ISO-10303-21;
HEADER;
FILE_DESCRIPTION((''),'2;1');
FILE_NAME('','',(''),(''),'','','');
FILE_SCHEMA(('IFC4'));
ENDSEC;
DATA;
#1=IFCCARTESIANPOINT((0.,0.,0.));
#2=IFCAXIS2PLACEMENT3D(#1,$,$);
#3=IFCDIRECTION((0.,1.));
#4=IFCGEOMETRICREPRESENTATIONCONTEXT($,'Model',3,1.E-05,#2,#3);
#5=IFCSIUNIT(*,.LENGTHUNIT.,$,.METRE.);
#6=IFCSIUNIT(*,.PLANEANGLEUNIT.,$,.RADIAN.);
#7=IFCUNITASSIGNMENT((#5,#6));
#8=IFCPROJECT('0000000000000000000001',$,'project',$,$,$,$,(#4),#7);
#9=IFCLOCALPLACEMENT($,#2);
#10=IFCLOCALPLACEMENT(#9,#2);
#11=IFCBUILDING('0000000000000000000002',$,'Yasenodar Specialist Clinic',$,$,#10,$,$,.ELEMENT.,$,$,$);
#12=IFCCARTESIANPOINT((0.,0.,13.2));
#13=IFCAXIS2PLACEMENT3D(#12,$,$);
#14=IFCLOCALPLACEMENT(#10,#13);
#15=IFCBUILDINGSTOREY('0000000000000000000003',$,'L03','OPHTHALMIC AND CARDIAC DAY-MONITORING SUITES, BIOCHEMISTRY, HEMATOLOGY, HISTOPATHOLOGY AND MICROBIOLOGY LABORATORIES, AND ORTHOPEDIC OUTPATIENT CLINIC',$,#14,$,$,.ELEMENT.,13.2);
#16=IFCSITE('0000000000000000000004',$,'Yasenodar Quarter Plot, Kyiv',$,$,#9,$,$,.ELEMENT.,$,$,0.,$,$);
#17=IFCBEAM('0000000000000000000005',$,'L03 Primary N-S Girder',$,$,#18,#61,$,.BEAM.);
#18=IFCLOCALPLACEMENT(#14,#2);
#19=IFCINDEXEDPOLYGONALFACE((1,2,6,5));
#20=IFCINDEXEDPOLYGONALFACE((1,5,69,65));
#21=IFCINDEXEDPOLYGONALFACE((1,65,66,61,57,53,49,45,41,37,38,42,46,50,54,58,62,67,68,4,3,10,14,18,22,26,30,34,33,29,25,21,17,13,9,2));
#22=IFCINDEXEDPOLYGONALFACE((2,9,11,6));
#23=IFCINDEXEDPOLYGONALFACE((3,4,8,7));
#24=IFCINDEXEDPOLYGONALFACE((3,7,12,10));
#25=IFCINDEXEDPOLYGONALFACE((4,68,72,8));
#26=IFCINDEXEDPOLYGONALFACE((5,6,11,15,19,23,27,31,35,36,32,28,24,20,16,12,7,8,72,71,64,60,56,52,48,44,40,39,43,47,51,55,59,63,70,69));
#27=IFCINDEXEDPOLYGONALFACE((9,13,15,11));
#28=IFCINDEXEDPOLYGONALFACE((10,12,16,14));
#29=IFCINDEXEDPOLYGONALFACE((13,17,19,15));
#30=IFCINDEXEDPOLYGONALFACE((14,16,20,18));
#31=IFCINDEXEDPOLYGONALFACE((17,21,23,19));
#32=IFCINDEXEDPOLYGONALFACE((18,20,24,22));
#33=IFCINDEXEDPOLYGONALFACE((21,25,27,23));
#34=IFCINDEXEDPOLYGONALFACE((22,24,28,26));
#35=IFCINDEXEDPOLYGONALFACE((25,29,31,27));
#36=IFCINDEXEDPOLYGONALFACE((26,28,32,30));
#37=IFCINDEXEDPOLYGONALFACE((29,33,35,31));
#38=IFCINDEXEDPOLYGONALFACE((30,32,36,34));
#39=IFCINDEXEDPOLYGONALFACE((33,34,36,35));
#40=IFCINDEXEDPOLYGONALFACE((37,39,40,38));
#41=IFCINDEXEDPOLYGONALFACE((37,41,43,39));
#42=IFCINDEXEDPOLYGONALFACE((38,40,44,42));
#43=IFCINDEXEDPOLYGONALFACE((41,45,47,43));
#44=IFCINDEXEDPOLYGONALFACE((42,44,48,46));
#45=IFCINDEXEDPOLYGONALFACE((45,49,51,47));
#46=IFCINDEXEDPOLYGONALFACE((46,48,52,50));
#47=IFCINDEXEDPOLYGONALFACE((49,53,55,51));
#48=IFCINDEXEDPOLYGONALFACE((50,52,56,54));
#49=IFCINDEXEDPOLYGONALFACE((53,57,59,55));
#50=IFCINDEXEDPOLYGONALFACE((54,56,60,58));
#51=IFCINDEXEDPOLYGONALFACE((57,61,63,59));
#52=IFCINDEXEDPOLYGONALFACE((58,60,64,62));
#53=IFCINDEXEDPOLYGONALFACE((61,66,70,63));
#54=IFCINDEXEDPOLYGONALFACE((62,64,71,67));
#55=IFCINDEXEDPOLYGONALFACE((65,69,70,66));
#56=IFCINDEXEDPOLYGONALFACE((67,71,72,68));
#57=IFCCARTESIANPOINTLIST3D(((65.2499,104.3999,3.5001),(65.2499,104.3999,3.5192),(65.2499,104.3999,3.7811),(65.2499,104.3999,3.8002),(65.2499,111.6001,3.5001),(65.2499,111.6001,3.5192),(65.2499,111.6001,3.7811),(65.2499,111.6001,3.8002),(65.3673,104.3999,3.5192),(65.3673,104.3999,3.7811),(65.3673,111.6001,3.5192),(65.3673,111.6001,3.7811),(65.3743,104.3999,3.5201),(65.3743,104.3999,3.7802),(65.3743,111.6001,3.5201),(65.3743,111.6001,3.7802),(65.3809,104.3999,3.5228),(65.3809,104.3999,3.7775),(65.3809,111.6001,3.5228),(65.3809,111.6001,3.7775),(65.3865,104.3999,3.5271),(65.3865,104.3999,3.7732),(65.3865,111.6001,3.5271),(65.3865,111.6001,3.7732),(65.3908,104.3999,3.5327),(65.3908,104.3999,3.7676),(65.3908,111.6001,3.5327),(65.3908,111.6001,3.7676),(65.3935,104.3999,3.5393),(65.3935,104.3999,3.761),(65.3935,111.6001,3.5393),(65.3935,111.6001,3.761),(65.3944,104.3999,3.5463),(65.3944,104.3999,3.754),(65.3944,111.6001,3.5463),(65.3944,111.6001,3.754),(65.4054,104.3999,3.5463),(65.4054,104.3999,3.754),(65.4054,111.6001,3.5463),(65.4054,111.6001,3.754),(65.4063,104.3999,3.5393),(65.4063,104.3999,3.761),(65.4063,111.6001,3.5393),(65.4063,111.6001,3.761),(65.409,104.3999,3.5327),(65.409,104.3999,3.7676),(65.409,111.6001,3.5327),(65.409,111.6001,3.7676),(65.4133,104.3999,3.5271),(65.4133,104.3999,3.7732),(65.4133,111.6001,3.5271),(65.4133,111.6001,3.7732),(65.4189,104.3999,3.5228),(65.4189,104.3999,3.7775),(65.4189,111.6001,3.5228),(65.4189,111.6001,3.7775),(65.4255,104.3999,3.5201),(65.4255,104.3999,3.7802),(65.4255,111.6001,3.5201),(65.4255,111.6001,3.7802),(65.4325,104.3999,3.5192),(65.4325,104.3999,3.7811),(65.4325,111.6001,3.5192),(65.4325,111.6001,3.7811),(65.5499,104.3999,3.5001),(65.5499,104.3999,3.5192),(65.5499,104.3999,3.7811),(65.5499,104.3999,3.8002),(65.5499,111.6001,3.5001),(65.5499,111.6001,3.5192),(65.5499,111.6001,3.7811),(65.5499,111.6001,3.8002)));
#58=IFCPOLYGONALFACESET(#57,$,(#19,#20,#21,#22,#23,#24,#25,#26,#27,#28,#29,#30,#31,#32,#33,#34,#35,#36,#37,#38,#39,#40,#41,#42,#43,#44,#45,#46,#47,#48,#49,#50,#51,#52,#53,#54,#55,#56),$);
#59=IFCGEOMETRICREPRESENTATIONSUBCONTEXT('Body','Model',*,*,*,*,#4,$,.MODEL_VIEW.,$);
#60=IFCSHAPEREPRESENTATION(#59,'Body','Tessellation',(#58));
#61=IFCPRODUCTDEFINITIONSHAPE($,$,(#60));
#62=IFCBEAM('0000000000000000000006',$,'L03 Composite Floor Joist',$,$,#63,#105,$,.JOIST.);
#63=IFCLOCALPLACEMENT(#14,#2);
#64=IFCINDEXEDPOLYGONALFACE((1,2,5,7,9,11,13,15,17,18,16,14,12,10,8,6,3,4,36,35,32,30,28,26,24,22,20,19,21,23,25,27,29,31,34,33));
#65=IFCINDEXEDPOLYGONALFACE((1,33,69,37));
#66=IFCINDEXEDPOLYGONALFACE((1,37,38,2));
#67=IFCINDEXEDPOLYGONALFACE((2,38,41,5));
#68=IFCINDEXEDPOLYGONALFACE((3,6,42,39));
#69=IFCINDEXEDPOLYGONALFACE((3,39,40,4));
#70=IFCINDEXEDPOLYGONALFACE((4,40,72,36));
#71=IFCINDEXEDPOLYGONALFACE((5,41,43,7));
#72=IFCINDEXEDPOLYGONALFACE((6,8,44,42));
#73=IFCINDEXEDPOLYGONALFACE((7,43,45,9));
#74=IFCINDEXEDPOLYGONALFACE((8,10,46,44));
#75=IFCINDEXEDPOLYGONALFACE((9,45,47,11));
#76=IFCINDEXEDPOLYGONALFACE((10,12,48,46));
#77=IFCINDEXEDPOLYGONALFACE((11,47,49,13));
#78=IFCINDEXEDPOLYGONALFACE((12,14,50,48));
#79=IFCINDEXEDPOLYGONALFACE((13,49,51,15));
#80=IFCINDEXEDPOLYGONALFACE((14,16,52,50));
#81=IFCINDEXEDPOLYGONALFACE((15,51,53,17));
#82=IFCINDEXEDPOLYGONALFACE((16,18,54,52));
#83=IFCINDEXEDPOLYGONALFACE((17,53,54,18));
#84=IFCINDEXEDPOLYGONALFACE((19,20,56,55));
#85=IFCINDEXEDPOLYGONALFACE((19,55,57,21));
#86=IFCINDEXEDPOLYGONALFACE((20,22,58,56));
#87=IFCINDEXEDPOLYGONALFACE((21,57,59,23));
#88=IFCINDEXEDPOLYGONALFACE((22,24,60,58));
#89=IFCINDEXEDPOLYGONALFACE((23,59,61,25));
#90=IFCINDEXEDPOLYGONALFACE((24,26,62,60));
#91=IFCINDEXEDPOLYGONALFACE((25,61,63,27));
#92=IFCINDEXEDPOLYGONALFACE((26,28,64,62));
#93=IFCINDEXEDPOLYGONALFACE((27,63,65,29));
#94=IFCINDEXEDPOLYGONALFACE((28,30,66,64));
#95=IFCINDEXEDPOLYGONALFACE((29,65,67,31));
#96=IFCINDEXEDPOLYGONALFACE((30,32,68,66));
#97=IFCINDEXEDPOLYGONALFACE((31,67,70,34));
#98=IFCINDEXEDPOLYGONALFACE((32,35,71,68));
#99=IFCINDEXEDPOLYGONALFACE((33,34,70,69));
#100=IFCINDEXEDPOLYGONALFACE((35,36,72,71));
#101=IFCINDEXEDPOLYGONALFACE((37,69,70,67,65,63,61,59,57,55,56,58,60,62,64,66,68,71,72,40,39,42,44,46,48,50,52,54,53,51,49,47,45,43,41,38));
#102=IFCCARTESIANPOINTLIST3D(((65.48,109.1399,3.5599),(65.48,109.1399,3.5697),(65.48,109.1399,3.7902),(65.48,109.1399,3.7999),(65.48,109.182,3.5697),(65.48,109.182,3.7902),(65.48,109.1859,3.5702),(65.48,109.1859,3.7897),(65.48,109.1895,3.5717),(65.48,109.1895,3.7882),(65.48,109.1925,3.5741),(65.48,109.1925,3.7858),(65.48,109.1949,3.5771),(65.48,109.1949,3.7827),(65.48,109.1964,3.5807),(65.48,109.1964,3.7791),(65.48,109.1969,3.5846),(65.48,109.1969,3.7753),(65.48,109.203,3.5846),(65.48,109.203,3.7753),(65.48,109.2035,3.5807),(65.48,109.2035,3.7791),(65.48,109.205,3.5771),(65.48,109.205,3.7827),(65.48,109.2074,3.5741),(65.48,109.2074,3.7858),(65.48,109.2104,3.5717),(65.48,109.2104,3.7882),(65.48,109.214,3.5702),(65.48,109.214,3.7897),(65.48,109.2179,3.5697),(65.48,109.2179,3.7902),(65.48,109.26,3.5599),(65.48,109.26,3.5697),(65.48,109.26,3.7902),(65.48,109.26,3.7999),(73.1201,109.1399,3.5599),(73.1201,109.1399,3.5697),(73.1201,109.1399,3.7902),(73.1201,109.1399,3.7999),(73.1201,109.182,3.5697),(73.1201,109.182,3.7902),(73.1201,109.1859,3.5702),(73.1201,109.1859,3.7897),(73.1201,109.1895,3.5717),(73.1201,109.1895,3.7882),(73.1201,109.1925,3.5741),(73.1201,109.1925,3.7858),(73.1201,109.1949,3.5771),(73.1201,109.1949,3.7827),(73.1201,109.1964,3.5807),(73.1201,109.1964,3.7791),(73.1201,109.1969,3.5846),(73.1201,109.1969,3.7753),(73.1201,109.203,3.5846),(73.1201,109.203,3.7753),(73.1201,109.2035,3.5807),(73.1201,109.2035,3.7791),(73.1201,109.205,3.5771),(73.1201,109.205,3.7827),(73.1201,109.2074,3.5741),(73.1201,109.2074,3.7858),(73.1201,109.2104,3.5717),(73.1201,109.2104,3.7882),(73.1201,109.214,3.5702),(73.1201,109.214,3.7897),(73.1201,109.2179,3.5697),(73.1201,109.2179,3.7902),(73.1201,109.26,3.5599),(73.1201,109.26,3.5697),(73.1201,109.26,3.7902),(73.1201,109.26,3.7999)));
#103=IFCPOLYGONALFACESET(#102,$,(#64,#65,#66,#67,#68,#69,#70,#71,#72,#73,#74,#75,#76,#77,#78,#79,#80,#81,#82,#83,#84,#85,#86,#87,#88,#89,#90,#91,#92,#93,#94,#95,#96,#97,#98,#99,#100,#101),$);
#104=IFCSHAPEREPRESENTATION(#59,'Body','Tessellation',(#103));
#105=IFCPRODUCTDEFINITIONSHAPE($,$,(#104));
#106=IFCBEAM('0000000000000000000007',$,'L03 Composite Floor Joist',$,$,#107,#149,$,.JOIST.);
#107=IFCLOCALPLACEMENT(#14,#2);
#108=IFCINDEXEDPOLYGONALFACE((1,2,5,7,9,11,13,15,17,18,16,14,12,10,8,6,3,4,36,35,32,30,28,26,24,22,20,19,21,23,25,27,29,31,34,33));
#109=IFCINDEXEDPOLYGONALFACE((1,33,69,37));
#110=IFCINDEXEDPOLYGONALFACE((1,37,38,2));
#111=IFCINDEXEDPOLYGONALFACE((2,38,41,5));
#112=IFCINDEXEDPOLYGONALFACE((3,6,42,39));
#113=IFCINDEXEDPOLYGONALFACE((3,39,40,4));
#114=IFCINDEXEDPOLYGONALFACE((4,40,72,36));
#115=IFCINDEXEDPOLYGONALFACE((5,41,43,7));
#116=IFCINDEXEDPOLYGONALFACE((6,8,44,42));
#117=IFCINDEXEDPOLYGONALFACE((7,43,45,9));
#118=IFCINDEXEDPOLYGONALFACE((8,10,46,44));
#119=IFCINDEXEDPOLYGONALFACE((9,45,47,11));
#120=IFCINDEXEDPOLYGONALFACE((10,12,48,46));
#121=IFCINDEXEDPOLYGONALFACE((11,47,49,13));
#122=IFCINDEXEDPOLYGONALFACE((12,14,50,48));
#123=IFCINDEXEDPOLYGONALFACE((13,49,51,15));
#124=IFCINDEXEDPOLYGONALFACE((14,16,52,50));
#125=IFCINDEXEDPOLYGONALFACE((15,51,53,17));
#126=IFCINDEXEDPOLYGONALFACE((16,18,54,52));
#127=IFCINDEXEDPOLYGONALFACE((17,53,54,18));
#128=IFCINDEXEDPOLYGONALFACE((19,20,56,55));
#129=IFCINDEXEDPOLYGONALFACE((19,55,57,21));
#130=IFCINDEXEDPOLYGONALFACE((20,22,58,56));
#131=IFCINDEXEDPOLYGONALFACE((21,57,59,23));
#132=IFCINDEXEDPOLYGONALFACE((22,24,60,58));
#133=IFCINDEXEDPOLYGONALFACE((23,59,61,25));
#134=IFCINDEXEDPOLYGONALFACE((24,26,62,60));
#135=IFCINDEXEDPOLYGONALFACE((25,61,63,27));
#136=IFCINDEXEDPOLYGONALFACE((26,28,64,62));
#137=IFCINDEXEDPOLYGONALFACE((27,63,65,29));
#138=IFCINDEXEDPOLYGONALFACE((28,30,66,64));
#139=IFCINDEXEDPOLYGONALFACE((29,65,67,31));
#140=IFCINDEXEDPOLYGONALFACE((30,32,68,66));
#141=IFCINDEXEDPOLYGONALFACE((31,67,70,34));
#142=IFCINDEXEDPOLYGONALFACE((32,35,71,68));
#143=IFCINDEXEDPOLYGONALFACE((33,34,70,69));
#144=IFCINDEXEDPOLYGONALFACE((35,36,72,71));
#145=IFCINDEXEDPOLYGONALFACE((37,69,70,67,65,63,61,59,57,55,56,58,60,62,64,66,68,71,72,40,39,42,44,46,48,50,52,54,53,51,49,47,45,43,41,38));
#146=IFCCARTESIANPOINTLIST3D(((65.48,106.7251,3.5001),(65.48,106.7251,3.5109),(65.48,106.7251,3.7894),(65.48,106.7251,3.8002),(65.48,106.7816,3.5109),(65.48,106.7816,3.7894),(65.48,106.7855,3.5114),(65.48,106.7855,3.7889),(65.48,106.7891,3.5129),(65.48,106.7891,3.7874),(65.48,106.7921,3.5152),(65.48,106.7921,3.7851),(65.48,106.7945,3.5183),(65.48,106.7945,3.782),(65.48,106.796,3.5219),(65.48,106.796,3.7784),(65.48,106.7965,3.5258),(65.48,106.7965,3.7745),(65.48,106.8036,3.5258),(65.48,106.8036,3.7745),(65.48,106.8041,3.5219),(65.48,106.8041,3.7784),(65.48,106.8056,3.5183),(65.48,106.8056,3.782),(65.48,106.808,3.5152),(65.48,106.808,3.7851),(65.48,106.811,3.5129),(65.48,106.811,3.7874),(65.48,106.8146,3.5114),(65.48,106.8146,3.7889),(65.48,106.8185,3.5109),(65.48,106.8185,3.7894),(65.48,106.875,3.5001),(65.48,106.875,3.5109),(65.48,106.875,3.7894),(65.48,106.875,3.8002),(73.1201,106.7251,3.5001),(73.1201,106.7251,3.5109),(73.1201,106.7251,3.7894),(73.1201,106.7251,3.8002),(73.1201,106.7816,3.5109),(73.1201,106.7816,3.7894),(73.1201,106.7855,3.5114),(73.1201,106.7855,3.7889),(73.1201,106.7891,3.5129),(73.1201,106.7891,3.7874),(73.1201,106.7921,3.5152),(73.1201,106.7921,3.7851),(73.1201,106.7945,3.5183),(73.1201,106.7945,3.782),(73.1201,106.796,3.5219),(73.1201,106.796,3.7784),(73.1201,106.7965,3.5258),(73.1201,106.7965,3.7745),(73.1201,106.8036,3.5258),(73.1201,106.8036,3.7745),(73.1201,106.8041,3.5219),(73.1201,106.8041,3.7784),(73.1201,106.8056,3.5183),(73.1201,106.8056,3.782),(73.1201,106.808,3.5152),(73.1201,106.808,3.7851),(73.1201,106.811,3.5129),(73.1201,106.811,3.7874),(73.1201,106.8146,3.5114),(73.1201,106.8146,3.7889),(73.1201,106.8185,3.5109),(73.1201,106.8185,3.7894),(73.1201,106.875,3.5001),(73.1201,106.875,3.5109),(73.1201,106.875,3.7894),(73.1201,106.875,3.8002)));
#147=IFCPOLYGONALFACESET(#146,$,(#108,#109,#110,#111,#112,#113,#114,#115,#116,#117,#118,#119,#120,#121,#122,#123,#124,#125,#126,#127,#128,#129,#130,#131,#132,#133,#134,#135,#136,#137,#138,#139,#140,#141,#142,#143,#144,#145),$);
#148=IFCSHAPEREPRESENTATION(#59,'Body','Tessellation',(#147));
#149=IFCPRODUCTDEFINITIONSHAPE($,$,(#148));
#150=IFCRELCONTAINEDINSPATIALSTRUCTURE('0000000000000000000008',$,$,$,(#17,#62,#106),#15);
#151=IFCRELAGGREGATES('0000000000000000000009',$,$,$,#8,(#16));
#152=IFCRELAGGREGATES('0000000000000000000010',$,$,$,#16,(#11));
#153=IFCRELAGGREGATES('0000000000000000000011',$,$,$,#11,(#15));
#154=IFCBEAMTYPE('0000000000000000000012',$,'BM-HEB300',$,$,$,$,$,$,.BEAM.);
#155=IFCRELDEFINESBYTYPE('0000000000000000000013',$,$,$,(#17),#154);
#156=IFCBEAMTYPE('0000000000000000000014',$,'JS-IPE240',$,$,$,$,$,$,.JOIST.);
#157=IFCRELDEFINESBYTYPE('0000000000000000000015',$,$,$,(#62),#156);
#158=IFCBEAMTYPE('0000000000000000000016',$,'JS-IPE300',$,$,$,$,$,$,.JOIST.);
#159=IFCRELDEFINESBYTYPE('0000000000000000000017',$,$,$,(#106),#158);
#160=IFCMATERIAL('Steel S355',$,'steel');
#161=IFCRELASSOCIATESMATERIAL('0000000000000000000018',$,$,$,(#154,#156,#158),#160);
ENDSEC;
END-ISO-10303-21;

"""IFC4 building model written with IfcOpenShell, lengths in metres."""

from ifc_helpers import new_model, si_unit, direction, frame, origin, origin_2d, place, context, subcontext, project, spatial, i_section, extrude, material, material_profile, profile_set, type_object, element, save


model = new_model("IFC4")

# Units and contexts
model_context = context("Model", 3, precision=1e-05, world=origin(), true_north=direction((0.0, 1.0)))
body_context = subcontext(model_context, "Body", "Model", "MODEL_VIEW")
ifc_project = project(units=[si_unit("LENGTHUNIT", "METRE"), si_unit("PLANEANGLEUNIT", "RADIAN")], contexts=[model_context])

# Site, building, storey
site_placement = place(None, origin())
site = spatial("IfcSite", under=ifc_project, at=site_placement, Name="Yasenodar Quarter Plot, Kyiv", CompositionType="ELEMENT", RefElevation=0.0)
building_placement = place(site_placement, origin())
building = spatial("IfcBuilding", under=site, at=building_placement, Name="Yasenodar Specialist Clinic", CompositionType="ELEMENT")
storey_placement = place(building_placement, frame((0.0, 0.0, 13.2)))
storey = spatial("IfcBuildingStorey", under=building, at=storey_placement, Name="L03", Description="OPHTHALMIC AND CARDIAC DAY-MONITORING SUITES, BIOCHEMISTRY, HEMATOLOGY, HISTOPATHOLOGY AND MICROBIOLOGY LABORATORIES, AND ORTHOPEDIC OUTPATIENT CLINIC", CompositionType="ELEMENT", Elevation=13.2)

# Shared definitions
ifc_material_1 = material(Name="Steel S355", Category="steel")

# Beams
ifc_material_profile_1 = material_profile(ifc_material_1, i_section(OverallWidth=0.3, OverallDepth=0.3, WebThickness=0.011, FlangeThickness=0.019, FilletRadius=0.0271, at=origin_2d()), Name="HEB 300")
ifc_profile_set_1 = profile_set([ifc_material_profile_1], Name="Steel S355")
beam_type_1 = type_object("IfcBeamType", Name="BM-HEB300", PredefinedType="BEAM", material=ifc_profile_set_1)
beam_1_placement = place(storey_placement, frame((65.3999, 104.3999, 3.6501), z_axis=(0.0, 1.0, 0.0), x_axis=(-1.0, 0.0, 0.0)))
element("IfcBeam", 1, at=beam_1_placement, inside=storey, type_object=beam_type_1, Name="L03 Primary N-S Girder", PredefinedType="BEAM", context=body_context, shape_type="SweptSolid", body=[
    extrude(i_section(OverallWidth=0.3, OverallDepth=0.3, WebThickness=0.011, FlangeThickness=0.019, FilletRadius=0.0271, at=origin_2d()), origin(), (0.0, 0.0, 1.0), 7.2002),
])
ifc_material_profile_2 = material_profile(ifc_material_1, i_section(OverallWidth=0.1201, OverallDepth=0.24, WebThickness=0.0061, FlangeThickness=0.0098, FilletRadius=0.0149, at=origin_2d()), Name="IPE 240")
ifc_profile_set_2 = profile_set([ifc_material_profile_2], Name="Steel S355")
beam_type_2 = type_object("IfcBeamType", Name="JS-IPE240", PredefinedType="JOIST", material=ifc_profile_set_2)
beam_2_placement = place(storey_placement, frame((65.48, 109.2, 3.6799), z_axis=(1.0, 0.0, 0.0), x_axis=(0.0, 1.0, 0.0)))
element("IfcBeam", 2, at=beam_2_placement, inside=storey, type_object=beam_type_2, Name="L03 Composite Floor Joist", PredefinedType="JOIST", context=body_context, shape_type="SweptSolid", body=[
    extrude(i_section(OverallWidth=0.1201, OverallDepth=0.24, WebThickness=0.0061, FlangeThickness=0.0098, FilletRadius=0.0149, at=origin_2d()), origin(), (0.0, 0.0, 1.0), 7.6401),
])
ifc_material_profile_3 = material_profile(ifc_material_1, i_section(OverallWidth=0.1499, OverallDepth=0.3, WebThickness=0.0071, FlangeThickness=0.0107, FilletRadius=0.0149, at=origin_2d()), Name="IPE 300")
ifc_profile_set_3 = profile_set([ifc_material_profile_3], Name="Steel S355")
beam_type_3 = type_object("IfcBeamType", Name="JS-IPE300", PredefinedType="JOIST", material=ifc_profile_set_3)
beam_3_placement = place(storey_placement, frame((65.48, 106.8, 3.6501), z_axis=(1.0, 0.0, 0.0), x_axis=(0.0, 1.0, 0.0)))
element("IfcBeam", 3, at=beam_3_placement, inside=storey, type_object=beam_type_3, Name="L03 Composite Floor Joist", PredefinedType="JOIST", context=body_context, shape_type="SweptSolid", body=[
    extrude(i_section(OverallWidth=0.1499, OverallDepth=0.3, WebThickness=0.0071, FlangeThickness=0.0107, FilletRadius=0.0149, at=origin_2d()), origin(), (0.0, 0.0, 1.0), 7.6401),
])

save(model, "model.ifc")
